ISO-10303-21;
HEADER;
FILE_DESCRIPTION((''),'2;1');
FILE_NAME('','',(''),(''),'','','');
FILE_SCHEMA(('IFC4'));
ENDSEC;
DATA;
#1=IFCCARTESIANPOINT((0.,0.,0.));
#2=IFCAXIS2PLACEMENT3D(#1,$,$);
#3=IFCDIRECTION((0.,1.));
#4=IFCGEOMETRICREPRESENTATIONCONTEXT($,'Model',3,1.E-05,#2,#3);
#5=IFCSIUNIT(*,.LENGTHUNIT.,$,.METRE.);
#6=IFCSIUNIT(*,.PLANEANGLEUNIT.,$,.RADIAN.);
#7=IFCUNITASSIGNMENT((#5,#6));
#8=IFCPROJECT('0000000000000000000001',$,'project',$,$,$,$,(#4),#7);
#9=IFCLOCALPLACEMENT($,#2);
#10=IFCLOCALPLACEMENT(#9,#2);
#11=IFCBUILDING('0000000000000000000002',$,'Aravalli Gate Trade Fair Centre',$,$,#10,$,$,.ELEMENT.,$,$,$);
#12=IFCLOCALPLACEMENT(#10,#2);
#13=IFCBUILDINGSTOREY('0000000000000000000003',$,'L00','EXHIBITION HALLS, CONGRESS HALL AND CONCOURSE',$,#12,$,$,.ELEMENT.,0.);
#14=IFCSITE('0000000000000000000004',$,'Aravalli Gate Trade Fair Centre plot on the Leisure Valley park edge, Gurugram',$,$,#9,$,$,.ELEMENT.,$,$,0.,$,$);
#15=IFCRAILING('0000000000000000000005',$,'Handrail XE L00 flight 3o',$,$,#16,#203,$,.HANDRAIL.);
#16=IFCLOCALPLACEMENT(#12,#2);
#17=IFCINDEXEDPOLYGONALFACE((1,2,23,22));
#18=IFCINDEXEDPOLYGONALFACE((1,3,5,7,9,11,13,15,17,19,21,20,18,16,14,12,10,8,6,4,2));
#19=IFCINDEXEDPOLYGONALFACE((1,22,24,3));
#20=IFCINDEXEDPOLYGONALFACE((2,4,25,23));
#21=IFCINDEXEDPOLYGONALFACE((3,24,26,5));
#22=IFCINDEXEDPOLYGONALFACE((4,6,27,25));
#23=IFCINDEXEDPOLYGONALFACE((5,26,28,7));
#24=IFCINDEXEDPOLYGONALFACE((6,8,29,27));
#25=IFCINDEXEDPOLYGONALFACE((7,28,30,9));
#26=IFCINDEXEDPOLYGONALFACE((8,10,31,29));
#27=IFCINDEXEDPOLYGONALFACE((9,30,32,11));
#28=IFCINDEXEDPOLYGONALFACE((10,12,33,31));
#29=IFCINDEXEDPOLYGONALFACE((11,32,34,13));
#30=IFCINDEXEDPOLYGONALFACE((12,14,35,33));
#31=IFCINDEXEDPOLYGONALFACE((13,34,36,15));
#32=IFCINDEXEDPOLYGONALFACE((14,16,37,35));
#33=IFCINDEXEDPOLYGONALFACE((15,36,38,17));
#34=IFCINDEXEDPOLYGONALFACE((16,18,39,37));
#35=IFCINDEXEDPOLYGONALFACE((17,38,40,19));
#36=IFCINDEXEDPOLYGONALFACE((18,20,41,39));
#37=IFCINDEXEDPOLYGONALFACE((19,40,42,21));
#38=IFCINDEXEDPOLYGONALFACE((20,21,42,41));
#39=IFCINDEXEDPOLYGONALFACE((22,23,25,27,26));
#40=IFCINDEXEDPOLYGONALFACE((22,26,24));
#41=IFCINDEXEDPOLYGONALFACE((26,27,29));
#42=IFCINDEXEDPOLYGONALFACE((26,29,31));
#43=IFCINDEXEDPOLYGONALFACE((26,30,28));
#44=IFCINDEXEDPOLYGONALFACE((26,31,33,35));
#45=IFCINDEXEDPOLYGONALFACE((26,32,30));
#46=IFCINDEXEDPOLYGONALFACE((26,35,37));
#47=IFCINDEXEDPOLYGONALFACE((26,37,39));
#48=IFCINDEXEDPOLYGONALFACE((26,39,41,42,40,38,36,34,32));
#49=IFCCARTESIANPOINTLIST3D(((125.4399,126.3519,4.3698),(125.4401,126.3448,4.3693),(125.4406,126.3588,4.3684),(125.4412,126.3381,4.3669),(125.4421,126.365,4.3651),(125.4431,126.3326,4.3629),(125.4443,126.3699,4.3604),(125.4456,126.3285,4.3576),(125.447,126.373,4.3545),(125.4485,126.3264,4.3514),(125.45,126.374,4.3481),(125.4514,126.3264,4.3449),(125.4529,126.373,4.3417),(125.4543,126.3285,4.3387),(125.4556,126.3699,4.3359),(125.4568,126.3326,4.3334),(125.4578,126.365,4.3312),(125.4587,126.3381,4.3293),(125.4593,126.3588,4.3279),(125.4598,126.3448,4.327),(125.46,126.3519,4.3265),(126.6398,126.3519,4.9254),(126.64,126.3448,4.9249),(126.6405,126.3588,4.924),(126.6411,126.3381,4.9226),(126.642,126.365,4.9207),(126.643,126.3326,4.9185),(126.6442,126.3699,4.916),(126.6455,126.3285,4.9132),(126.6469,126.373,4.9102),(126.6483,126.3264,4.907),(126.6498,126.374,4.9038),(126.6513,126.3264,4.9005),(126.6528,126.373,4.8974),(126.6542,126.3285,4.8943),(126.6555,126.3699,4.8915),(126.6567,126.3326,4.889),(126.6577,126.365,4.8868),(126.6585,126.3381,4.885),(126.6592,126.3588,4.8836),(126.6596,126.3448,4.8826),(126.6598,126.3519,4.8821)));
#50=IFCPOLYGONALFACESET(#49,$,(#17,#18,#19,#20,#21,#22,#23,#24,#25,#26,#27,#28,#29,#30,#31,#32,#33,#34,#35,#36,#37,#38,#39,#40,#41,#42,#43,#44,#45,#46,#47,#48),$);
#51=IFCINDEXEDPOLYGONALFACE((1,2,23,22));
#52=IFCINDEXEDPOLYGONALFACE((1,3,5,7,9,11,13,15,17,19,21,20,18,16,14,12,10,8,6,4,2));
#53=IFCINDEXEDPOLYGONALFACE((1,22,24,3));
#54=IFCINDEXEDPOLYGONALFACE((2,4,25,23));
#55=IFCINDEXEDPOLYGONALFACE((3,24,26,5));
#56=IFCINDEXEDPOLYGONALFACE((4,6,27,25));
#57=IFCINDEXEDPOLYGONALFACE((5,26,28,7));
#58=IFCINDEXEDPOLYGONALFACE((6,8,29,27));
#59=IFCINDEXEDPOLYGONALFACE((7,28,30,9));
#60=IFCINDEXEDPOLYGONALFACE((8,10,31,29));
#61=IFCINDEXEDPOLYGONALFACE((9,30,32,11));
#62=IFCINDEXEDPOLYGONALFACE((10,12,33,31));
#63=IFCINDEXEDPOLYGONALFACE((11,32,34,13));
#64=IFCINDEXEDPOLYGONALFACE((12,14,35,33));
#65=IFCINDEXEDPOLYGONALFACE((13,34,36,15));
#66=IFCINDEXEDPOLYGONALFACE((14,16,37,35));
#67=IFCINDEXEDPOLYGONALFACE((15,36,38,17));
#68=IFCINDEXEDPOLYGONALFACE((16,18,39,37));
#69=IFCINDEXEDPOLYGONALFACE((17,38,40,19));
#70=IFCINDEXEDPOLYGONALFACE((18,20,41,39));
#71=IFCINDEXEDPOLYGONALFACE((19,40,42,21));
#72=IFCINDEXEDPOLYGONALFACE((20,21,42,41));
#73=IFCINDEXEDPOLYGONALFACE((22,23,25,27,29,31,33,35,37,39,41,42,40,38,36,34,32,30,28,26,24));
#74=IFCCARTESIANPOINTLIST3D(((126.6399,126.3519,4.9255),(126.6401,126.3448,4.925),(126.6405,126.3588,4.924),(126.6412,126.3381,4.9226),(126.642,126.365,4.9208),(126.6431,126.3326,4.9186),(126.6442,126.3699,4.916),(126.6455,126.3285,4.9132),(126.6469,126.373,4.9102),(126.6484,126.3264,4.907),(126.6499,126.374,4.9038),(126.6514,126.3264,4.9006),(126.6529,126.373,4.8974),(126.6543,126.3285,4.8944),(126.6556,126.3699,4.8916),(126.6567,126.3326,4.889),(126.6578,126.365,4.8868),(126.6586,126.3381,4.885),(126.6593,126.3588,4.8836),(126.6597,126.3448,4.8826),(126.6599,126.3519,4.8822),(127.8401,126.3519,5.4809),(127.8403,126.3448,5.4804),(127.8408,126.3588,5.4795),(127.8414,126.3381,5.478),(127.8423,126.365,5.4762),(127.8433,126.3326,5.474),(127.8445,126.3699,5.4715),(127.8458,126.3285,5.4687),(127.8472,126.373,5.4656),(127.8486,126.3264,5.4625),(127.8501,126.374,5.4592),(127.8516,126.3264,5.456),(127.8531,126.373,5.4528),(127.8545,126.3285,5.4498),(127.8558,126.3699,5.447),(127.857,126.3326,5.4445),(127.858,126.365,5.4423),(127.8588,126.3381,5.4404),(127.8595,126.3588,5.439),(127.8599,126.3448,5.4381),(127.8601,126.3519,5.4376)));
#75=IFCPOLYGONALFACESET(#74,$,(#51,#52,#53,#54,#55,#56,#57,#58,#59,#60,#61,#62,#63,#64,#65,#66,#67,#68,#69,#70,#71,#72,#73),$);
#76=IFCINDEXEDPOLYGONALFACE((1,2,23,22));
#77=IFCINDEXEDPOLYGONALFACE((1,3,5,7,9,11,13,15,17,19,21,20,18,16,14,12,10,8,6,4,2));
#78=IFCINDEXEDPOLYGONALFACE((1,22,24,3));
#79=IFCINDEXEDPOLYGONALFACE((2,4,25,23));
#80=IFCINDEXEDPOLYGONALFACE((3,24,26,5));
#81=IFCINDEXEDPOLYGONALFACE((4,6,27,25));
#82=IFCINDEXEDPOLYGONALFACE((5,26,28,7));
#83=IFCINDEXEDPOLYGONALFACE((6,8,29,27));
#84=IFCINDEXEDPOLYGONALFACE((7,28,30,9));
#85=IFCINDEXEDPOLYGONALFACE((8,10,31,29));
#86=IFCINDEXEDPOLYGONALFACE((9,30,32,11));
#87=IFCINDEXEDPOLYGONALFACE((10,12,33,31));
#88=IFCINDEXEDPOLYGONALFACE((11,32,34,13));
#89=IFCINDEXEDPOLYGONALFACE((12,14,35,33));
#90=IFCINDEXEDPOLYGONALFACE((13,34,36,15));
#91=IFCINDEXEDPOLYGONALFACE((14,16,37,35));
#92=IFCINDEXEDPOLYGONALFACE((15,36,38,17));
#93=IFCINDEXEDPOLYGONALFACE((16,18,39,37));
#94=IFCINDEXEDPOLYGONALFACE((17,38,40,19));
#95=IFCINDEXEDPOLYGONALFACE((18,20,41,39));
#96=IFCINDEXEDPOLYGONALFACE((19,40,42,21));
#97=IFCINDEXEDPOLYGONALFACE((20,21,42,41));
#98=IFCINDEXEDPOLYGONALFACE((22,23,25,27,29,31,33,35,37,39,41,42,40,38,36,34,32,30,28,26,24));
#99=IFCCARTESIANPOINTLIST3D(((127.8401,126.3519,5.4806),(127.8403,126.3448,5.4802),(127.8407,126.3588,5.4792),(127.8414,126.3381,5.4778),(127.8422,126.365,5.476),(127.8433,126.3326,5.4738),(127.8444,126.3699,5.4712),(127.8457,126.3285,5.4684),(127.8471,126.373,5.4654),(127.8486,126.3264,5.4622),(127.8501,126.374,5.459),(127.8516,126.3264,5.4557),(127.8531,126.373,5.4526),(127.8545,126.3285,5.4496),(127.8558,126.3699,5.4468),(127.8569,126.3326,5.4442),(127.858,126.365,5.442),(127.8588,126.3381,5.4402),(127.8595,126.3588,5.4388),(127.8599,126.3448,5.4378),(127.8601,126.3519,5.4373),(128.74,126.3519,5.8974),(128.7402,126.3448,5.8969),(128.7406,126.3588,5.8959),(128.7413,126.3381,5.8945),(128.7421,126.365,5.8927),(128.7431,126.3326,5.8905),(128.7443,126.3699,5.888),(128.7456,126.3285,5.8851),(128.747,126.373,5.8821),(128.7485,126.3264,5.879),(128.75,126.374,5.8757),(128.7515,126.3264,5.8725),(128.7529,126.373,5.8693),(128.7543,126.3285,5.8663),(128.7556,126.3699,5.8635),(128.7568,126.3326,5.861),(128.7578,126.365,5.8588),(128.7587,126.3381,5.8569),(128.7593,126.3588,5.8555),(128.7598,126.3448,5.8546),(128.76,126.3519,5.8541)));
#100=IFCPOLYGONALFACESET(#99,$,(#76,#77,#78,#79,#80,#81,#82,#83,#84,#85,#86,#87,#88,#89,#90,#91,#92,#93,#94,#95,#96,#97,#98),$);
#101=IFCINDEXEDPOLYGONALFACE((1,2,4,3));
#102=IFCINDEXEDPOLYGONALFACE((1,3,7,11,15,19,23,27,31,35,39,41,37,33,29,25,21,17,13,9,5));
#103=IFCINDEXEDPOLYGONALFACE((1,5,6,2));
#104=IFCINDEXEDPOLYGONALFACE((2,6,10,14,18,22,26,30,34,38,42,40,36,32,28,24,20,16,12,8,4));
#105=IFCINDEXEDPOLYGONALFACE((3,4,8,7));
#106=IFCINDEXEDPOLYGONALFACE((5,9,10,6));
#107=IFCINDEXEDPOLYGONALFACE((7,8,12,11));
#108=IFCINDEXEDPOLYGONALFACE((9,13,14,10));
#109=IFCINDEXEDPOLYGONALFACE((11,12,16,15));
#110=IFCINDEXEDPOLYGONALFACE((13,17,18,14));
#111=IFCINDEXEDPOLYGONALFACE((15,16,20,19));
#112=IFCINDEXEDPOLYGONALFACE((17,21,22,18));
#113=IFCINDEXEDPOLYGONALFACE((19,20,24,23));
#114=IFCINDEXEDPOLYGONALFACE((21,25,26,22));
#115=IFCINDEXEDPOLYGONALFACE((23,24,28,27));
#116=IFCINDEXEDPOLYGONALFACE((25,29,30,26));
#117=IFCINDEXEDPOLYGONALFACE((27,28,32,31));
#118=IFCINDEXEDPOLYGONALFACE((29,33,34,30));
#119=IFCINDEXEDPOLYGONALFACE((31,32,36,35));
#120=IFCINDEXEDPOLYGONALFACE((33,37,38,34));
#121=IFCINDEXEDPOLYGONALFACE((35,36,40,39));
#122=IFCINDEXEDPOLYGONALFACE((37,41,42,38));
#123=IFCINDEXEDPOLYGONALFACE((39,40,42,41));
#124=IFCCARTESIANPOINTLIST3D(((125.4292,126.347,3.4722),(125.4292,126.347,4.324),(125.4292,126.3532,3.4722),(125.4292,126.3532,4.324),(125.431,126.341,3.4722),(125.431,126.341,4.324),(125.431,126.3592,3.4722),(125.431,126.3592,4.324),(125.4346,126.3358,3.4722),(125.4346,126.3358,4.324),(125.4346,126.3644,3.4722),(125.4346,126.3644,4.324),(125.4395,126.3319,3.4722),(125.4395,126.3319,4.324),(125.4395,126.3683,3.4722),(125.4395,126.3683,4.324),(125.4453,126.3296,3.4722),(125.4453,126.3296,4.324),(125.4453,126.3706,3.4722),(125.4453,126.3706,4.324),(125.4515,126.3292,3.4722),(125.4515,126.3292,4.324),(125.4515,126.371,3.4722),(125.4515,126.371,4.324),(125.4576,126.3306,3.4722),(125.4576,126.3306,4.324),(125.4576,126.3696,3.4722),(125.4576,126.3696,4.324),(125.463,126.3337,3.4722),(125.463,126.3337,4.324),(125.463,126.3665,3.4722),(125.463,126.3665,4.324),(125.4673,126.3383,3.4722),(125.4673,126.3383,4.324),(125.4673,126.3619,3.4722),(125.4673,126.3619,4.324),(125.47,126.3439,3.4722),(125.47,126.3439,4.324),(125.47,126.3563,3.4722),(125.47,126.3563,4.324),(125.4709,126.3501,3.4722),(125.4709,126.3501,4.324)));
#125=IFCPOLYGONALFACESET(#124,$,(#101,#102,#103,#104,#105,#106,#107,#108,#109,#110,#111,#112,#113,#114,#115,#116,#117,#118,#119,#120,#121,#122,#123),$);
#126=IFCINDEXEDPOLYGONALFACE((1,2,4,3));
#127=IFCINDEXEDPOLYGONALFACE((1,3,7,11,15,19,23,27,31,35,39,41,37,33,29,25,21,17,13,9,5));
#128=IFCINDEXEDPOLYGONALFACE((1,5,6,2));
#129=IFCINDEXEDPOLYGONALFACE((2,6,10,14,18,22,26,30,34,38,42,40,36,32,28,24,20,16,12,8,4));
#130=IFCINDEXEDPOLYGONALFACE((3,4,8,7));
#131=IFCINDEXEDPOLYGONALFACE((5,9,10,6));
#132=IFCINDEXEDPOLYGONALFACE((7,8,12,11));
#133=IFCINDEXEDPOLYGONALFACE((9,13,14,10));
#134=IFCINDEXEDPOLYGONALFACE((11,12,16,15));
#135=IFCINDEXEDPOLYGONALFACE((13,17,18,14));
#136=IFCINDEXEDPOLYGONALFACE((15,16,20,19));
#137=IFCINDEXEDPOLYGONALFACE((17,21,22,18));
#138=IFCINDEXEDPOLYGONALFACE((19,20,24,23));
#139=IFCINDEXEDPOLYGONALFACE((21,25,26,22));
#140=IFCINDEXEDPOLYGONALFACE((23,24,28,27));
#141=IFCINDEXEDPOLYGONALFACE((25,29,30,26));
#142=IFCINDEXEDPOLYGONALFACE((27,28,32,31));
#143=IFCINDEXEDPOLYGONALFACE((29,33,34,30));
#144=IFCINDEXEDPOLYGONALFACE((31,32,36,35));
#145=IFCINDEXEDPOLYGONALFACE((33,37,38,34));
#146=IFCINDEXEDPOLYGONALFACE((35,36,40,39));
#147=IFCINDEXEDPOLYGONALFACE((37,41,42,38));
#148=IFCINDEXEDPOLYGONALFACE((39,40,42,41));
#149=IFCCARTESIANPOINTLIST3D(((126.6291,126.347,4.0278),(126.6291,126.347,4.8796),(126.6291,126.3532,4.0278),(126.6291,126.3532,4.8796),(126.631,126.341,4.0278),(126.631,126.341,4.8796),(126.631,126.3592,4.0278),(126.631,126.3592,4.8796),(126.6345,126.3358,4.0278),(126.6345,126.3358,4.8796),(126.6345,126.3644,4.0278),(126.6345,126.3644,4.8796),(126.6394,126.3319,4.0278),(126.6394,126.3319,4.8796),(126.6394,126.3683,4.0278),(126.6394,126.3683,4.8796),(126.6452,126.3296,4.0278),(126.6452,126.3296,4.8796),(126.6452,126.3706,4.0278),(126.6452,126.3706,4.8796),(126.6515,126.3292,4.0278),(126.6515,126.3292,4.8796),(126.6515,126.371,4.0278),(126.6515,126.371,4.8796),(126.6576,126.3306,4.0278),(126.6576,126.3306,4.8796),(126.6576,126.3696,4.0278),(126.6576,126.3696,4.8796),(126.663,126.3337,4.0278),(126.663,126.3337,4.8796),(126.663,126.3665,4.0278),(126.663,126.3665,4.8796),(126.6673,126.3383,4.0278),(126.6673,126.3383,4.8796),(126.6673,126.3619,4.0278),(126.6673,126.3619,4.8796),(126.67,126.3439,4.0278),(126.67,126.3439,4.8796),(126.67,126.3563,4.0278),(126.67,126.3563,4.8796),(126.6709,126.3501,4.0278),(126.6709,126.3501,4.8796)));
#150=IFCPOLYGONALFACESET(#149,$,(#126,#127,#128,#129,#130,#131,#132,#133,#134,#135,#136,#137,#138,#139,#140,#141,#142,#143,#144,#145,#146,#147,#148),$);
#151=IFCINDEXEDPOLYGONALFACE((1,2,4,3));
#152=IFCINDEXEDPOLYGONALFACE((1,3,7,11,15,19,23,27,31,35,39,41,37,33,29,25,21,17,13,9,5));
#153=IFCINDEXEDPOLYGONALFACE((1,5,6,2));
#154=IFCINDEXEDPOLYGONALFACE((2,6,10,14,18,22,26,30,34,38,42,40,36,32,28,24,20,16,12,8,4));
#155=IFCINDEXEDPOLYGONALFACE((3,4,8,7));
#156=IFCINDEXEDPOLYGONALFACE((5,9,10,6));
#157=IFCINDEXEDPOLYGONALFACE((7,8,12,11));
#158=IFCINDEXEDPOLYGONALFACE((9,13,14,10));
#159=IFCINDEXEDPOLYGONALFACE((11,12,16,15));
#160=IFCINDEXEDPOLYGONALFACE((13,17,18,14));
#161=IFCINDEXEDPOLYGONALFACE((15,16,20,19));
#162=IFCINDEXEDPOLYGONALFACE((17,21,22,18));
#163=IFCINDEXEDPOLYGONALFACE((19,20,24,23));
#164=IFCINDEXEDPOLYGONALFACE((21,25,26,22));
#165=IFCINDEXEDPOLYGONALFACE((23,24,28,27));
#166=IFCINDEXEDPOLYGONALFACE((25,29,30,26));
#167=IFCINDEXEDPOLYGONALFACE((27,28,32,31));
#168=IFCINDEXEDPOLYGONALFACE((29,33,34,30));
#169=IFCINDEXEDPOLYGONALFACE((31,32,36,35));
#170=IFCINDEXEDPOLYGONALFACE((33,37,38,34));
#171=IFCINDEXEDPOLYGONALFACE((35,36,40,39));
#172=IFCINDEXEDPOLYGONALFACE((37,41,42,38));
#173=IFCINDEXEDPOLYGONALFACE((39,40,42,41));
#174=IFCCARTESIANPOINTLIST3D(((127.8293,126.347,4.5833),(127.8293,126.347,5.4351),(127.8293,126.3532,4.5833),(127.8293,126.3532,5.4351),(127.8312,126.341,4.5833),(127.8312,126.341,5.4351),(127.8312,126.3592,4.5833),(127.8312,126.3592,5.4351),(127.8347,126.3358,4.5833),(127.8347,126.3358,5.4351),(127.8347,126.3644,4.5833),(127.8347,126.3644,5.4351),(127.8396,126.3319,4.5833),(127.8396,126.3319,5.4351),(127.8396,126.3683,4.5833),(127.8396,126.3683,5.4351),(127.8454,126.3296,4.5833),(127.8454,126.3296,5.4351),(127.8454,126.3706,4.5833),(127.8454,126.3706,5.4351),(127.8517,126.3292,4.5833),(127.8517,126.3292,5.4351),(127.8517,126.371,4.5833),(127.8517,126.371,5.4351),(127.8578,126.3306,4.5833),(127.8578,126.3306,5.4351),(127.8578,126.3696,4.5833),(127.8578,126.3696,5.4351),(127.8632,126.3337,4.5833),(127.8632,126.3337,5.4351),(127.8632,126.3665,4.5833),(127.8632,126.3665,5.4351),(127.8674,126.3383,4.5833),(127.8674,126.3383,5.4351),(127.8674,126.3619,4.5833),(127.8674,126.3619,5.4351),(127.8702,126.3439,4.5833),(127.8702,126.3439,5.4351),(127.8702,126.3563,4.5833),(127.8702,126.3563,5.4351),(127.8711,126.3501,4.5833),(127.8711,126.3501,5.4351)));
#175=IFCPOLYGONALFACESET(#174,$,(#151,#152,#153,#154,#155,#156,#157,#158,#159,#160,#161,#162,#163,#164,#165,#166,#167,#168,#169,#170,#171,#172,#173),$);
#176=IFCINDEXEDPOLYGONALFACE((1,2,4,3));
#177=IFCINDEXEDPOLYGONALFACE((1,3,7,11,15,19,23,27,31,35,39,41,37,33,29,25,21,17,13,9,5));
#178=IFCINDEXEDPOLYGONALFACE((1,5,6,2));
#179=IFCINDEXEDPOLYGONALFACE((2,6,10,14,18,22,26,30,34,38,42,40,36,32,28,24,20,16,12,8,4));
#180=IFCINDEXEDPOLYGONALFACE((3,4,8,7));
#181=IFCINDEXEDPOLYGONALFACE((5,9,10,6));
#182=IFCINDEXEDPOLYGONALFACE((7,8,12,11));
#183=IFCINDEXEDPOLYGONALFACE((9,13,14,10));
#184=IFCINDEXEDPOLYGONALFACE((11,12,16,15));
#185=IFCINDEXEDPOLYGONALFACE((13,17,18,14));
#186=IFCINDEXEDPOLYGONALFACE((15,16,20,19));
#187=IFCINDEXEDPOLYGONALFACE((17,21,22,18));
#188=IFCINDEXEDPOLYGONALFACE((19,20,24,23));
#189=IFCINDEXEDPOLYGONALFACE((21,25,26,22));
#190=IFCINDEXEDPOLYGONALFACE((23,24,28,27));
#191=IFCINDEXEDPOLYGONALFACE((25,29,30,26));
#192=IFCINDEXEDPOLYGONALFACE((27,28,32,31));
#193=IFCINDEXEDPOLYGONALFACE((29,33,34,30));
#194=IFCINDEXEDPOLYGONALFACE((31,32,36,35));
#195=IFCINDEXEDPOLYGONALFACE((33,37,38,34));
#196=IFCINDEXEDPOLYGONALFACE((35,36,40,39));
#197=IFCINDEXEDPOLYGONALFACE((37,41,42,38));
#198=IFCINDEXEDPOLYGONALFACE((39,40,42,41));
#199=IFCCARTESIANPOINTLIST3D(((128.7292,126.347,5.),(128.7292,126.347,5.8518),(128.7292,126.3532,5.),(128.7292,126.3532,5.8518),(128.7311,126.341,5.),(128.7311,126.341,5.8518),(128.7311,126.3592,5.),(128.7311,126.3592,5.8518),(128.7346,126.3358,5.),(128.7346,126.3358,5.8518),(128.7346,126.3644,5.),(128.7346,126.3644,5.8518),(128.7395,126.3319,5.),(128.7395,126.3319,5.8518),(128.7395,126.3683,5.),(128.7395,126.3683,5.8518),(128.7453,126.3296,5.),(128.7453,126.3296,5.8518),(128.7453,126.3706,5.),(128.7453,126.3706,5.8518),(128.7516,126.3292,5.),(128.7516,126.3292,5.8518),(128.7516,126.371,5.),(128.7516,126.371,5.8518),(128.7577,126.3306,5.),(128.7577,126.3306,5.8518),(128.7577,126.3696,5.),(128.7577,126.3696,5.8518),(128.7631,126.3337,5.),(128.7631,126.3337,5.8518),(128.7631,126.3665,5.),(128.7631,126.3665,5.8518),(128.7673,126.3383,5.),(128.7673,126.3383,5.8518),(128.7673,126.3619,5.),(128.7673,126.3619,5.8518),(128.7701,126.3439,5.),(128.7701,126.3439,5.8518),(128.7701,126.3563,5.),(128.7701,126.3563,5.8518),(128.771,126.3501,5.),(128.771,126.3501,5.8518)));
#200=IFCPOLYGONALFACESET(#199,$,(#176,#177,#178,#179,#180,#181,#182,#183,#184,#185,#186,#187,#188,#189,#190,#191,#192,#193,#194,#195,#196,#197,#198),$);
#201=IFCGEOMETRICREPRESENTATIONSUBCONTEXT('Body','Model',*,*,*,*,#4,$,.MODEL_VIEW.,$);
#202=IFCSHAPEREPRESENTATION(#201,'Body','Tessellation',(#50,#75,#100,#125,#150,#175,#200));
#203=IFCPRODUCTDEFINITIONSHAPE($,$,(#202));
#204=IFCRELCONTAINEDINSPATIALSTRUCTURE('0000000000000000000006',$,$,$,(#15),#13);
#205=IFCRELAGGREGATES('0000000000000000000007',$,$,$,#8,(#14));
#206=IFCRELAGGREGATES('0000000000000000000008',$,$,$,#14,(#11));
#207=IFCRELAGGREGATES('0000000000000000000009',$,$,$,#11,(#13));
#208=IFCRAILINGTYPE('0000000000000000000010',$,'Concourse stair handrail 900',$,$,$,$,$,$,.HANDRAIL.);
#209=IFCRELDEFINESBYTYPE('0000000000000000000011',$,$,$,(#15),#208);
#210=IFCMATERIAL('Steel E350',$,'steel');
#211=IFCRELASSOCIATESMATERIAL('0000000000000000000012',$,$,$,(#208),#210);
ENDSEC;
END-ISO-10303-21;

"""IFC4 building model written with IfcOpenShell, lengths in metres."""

from ifc_helpers import new_model, si_unit, direction, frame, origin, origin_2d, place, context, subcontext, project, spatial, circle, extrude, material, type_object, element, save


model = new_model("IFC4")

# Units and contexts
model_context = context("Model", 3, precision=1e-05, world=origin(), true_north=direction((0.0, 1.0)))
body_context = subcontext(model_context, "Body", "Model", "MODEL_VIEW")
ifc_project = project(units=[si_unit("LENGTHUNIT", "METRE"), si_unit("PLANEANGLEUNIT", "RADIAN")], contexts=[model_context])

# Site, building, storey
site_placement = place(None, origin())
site = spatial("IfcSite", under=ifc_project, at=site_placement, Name="Aravalli Gate Trade Fair Centre plot on the Leisure Valley park edge, Gurugram", CompositionType="ELEMENT", RefElevation=0.0)
building_placement = place(site_placement, origin())
building = spatial("IfcBuilding", under=site, at=building_placement, Name="Aravalli Gate Trade Fair Centre", CompositionType="ELEMENT")
storey_placement = place(building_placement, origin())
storey = spatial("IfcBuildingStorey", under=building, at=storey_placement, Name="L00", Description="EXHIBITION HALLS, CONGRESS HALL AND CONCOURSE", CompositionType="ELEMENT", Elevation=0.0)

# Shared definitions
ifc_material_1 = material(Name="Steel E350", Category="steel")

# Railing
railing_type = type_object("IfcRailingType", Name="Concourse stair handrail 900", PredefinedType="HANDRAIL", material=ifc_material_1)
for number, where, name in (
    (1, (125.45, 126.3501, 3.4722), "Handrail XE L00 flight 3o"),
):
    element("IfcRailing", number, at=place(storey_placement, frame(where)), inside=storey, type_object=railing_type, Name=name, PredefinedType="HANDRAIL", context=body_context, shape_type="SweptSolid", body=[
        extrude(circle(Radius=0.0239, at=origin_2d()), frame((0.0, 0.0, 0.876), z_axis=(0.907429, 0.0, 0.420205), x_axis=(0.0, 1.0, 0.0)), (0.0, 0.0, 1.0), 1.3223),
        extrude(circle(Radius=0.0239, at=origin_2d()), frame((1.2, 0.0, 1.4316), z_axis=(0.907532, 0.0, 0.419983), x_axis=(0.0, 1.0, 0.0)), (0.0, 0.0, 1.0), 1.3225),
        extrude(circle(Radius=0.0239, at=origin_2d()), frame((2.4001, 0.0, 1.9868), z_axis=(0.907418, 0.0, 0.420229), x_axis=(0.0, 1.0, 0.0)), (0.0, 0.0, 1.0), 0.9917),
        extrude(circle(Radius=0.021, at=origin_2d()), origin(), (0.0, 0.0, 1.0), 0.8518),
        extrude(circle(Radius=0.021, at=origin_2d()), frame((1.2, 0.0, 0.5557)), (0.0, 0.0, 1.0), 0.8518),
        extrude(circle(Radius=0.021, at=origin_2d()), frame((2.4001, 0.0, 1.1111)), (0.0, 0.0, 1.0), 0.8518),
        extrude(circle(Radius=0.021, at=origin_2d()), frame((3.3, 0.0, 1.5278)), (0.0, 0.0, 1.0), 0.8518),
    ])

save(model, "model.ifc")
